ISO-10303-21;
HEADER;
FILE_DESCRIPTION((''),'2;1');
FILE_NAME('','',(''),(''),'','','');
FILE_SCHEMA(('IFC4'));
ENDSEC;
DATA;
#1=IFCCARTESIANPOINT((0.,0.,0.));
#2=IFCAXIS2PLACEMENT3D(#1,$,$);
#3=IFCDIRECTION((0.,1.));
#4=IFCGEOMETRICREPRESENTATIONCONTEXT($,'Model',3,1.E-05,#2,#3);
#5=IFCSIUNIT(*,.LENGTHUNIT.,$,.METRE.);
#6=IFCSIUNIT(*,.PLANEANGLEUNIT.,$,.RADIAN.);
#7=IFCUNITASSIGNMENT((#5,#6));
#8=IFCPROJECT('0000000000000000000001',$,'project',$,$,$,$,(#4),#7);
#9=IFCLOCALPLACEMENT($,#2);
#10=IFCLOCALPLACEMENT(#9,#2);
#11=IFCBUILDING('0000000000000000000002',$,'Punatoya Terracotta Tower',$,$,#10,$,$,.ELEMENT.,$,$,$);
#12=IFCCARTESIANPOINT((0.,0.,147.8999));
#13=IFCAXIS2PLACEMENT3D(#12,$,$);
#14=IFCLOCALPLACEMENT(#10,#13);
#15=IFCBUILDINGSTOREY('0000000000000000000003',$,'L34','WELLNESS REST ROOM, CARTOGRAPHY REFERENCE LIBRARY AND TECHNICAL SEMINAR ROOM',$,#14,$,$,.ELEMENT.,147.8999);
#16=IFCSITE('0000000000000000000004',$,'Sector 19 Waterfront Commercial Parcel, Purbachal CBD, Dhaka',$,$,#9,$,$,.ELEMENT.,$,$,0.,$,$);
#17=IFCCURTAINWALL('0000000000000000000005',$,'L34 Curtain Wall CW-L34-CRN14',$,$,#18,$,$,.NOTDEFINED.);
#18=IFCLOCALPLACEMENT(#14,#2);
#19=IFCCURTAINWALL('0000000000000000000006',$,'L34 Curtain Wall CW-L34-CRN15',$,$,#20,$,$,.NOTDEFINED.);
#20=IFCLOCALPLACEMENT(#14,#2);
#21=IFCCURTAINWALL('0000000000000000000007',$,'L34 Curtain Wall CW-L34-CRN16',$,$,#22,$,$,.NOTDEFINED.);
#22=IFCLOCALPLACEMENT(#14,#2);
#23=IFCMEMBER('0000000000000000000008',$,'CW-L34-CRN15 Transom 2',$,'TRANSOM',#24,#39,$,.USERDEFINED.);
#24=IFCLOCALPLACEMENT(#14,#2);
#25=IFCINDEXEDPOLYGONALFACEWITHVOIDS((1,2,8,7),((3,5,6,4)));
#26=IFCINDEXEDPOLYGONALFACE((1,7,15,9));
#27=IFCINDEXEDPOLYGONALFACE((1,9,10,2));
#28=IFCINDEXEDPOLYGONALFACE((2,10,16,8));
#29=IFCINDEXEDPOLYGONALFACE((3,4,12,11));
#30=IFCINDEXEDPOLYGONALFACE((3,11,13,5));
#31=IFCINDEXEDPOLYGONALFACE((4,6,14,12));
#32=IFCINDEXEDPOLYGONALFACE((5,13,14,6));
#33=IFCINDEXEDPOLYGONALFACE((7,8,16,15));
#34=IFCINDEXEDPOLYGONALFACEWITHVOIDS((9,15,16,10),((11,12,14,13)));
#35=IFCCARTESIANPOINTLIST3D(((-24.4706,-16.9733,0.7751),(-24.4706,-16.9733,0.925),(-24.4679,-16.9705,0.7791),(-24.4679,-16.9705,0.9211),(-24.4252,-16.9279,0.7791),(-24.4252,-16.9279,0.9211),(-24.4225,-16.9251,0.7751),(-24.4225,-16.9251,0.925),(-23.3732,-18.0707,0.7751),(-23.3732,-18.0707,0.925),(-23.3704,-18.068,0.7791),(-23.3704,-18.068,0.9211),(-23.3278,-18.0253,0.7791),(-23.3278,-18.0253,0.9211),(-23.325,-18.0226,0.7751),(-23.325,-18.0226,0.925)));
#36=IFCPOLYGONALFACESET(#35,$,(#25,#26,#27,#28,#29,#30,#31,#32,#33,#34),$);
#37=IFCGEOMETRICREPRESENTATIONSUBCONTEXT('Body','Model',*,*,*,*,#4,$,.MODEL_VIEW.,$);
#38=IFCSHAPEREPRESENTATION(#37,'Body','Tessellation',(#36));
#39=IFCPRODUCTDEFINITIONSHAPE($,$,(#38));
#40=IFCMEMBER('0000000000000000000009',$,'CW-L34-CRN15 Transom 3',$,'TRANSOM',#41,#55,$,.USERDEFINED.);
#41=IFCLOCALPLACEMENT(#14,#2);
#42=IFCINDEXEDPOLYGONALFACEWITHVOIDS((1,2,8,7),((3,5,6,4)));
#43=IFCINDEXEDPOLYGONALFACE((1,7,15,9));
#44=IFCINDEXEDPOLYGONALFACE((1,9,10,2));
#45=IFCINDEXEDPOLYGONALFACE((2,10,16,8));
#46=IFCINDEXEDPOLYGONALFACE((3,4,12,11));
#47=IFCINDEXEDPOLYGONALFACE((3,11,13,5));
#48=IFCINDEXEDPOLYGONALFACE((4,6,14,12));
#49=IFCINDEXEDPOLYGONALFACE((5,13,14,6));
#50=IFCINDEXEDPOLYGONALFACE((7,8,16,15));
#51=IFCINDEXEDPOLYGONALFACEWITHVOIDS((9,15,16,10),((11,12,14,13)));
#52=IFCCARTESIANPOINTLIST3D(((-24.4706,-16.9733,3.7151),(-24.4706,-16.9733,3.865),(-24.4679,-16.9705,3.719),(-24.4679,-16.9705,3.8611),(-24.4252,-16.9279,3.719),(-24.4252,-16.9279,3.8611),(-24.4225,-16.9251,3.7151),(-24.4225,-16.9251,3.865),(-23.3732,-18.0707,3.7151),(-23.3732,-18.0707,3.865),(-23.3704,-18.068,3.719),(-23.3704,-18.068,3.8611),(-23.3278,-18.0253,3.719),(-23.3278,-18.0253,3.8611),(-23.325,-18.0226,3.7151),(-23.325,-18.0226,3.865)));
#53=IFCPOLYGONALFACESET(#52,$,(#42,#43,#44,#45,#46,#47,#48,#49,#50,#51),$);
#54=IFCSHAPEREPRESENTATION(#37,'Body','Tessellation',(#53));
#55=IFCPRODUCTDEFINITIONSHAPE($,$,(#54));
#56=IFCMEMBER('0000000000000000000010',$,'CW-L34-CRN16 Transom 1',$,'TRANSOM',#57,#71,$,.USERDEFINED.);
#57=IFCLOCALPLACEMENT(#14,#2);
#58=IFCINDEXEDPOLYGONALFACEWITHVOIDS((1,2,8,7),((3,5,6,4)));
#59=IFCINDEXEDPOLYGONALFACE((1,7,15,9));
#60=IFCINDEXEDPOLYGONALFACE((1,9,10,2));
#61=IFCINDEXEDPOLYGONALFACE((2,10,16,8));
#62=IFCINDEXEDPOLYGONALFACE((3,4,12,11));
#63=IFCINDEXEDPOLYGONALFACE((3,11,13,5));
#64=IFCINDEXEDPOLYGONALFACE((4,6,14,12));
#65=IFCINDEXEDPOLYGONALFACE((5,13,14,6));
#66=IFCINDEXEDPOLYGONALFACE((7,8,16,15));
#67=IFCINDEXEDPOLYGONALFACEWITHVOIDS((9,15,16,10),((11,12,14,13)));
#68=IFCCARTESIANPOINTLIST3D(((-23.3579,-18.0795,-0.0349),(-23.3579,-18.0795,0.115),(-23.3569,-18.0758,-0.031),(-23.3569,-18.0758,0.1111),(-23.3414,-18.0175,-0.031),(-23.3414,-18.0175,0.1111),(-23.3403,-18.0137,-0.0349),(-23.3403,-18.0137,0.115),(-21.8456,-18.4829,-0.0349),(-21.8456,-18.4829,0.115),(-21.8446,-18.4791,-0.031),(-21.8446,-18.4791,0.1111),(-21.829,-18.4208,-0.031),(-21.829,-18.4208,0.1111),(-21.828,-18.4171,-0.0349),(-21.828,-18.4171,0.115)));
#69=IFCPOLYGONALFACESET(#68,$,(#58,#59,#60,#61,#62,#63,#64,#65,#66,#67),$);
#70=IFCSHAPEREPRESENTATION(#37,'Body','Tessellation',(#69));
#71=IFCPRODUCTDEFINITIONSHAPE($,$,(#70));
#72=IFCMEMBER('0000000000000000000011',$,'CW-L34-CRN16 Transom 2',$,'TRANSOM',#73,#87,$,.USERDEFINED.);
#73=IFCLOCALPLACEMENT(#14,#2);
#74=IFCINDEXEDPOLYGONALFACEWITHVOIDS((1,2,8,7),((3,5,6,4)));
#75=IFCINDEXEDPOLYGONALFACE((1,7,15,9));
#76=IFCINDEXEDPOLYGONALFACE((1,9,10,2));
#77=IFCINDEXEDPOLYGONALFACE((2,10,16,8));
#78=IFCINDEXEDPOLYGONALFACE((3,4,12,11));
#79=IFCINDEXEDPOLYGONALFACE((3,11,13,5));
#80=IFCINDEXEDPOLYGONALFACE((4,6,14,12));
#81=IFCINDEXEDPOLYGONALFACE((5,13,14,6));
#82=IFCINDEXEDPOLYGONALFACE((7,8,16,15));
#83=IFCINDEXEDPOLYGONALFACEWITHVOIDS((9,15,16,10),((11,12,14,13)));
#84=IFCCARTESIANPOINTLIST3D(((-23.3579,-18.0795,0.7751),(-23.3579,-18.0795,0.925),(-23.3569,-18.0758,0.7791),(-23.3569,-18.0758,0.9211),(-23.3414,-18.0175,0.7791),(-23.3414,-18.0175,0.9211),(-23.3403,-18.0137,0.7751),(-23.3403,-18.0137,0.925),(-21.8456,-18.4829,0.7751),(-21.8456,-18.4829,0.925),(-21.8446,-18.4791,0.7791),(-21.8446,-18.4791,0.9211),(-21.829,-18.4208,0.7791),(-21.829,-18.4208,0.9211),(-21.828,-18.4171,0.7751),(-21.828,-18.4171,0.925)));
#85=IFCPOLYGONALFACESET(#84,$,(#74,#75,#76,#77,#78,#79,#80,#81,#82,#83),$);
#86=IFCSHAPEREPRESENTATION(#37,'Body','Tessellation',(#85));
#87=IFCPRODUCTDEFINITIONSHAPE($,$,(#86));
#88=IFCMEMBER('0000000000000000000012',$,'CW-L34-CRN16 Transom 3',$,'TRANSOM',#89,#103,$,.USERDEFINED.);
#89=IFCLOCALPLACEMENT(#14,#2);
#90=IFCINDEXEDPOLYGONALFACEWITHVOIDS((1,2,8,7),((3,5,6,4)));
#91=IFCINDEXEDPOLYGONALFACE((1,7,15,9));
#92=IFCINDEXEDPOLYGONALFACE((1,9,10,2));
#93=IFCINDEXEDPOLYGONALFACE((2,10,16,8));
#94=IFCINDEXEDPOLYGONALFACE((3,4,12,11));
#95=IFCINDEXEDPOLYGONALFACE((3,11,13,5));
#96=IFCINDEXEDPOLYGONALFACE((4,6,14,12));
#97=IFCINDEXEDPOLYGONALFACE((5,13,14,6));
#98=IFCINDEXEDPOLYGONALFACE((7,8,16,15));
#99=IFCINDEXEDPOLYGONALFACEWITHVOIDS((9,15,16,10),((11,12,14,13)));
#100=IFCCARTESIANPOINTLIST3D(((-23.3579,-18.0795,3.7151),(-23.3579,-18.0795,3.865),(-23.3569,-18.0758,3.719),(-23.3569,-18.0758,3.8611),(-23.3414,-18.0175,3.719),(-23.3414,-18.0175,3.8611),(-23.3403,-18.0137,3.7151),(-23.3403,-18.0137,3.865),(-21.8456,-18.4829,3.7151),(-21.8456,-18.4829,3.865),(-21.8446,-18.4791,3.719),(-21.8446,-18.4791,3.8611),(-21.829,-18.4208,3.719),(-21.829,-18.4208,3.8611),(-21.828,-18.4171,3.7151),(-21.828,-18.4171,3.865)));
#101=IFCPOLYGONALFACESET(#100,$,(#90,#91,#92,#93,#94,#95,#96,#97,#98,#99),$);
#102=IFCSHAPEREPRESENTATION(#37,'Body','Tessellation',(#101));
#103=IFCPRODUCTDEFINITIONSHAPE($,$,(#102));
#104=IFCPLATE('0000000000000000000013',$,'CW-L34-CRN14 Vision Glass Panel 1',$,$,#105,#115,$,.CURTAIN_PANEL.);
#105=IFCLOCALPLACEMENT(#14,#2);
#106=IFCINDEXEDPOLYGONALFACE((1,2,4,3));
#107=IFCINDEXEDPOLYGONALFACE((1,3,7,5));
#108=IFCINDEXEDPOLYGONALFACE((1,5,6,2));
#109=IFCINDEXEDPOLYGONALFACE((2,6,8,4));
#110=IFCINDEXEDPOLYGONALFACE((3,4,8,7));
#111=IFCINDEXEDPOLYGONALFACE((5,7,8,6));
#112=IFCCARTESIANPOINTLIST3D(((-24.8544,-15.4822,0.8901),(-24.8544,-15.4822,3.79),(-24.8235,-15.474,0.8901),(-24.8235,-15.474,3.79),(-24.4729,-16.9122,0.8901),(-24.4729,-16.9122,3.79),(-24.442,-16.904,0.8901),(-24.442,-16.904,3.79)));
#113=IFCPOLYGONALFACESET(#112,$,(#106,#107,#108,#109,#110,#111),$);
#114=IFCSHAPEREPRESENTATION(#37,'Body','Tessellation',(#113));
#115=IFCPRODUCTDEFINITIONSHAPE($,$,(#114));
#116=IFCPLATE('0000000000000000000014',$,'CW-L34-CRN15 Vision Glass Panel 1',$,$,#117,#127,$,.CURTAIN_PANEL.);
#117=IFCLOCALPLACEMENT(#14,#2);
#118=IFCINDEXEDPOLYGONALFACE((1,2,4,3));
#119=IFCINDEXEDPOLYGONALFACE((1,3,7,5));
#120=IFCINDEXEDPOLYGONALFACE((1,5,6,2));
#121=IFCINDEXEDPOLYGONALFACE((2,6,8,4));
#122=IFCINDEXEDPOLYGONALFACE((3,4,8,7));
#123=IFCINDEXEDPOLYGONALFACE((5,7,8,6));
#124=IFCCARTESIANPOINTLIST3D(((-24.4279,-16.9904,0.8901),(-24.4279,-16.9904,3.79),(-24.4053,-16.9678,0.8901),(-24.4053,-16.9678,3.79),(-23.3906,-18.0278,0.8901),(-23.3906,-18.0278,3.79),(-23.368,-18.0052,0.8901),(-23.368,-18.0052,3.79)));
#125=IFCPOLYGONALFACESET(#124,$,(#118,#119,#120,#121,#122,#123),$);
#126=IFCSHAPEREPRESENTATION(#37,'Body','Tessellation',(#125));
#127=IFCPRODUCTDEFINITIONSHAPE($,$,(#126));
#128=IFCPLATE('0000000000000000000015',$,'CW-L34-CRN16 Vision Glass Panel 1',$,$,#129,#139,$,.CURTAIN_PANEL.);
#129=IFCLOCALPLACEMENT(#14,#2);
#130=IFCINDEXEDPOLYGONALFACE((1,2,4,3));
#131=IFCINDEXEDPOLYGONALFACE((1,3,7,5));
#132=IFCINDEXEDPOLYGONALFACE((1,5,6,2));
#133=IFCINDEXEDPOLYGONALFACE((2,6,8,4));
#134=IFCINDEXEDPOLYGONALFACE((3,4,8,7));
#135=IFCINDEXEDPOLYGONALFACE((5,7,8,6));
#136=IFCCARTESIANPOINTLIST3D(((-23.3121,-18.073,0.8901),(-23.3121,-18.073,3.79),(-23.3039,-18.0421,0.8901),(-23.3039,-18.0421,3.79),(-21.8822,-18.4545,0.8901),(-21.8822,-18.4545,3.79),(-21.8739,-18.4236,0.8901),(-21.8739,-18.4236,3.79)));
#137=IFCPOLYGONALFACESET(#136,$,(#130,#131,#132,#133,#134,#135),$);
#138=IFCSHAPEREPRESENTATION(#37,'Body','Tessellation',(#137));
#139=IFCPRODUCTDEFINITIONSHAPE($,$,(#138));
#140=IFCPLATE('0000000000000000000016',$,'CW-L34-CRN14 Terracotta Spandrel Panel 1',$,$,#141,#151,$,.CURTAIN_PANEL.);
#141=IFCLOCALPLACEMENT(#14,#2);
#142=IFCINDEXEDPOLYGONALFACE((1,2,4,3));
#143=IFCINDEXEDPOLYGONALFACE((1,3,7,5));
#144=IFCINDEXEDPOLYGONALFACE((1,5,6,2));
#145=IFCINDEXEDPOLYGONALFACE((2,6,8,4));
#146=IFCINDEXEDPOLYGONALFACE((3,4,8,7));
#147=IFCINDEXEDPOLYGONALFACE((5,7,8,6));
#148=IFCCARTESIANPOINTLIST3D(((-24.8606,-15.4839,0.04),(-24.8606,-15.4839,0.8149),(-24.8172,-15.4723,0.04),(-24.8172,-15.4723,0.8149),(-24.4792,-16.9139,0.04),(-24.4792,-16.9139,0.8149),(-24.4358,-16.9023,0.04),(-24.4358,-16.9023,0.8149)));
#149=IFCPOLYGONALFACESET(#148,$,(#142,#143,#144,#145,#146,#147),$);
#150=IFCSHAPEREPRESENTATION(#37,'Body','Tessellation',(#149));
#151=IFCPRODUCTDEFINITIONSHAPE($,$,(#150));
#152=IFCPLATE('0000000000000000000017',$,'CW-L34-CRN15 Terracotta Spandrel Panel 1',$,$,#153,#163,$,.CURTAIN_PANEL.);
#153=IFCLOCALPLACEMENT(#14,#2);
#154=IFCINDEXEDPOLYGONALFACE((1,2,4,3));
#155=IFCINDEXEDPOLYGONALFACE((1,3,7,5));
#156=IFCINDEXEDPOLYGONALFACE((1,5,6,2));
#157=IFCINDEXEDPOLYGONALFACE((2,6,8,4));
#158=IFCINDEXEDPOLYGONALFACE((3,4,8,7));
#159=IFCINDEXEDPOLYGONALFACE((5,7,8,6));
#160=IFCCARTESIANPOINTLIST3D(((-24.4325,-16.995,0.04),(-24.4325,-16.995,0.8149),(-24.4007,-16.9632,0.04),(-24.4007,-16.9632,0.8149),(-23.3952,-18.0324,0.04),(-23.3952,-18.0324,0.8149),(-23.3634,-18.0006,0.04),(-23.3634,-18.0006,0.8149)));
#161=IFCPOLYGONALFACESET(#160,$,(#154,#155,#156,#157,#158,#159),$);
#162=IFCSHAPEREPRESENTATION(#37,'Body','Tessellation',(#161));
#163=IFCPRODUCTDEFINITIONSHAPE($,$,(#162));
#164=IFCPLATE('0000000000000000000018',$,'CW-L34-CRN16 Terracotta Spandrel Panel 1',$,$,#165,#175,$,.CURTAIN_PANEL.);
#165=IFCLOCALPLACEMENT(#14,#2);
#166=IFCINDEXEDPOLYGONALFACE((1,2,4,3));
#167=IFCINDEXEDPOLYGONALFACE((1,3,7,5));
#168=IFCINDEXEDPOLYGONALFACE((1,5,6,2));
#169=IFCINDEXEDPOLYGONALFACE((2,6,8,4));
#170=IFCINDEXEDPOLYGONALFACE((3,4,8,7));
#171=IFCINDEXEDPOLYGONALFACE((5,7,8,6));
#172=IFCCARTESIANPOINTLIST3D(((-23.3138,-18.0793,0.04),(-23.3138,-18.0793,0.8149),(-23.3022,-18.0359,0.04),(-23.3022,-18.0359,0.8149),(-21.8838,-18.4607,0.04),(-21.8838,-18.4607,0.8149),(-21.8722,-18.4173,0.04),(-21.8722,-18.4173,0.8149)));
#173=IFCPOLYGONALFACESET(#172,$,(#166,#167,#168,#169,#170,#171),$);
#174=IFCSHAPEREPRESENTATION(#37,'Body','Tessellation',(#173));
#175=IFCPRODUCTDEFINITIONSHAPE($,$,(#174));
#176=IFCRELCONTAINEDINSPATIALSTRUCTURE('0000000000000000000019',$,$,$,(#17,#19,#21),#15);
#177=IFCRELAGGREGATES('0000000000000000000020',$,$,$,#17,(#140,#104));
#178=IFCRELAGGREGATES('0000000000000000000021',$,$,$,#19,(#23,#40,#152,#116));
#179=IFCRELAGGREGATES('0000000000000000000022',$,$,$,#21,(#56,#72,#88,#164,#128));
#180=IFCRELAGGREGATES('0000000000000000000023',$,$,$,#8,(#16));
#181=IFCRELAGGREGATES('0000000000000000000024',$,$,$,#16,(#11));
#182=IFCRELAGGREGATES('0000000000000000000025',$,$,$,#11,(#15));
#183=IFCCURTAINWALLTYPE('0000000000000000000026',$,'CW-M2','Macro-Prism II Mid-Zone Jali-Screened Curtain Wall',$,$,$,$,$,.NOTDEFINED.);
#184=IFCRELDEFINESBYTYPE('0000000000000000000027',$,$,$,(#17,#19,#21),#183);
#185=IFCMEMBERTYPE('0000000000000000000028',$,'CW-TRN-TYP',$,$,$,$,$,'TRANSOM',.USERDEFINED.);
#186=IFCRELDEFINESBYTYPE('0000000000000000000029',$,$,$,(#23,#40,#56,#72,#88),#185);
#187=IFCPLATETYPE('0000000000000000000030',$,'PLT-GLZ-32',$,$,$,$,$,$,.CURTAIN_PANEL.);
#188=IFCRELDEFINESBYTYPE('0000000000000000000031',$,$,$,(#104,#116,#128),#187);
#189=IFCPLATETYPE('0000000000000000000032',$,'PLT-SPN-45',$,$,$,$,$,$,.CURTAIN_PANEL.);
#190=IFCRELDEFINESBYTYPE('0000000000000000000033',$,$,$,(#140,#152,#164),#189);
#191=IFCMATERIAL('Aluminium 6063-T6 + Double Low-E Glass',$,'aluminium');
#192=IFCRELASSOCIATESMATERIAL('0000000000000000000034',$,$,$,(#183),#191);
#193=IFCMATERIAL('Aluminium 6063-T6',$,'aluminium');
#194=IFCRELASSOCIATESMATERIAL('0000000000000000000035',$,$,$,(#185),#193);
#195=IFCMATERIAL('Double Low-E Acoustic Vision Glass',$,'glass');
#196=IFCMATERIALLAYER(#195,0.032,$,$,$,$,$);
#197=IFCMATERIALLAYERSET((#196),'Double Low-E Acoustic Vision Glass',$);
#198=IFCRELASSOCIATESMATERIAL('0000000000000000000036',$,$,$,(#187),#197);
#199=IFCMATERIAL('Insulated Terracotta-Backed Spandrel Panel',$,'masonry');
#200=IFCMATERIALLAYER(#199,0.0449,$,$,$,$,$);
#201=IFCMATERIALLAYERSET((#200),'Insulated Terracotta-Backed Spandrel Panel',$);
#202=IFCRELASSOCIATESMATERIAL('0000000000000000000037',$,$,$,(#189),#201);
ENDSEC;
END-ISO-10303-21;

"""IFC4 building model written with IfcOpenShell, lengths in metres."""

from ifc_helpers import new_model, si_unit, direction, frame, origin, origin_2d, place, context, subcontext, project, spatial, rectangle, hollow_rectangle, extrude, material, layer, layer_set, material_profile, profile_set, type_object, element, aggregate, save


model = new_model("IFC4")

# Units and contexts
model_context = context("Model", 3, precision=1e-05, world=origin(), true_north=direction((0.0, 1.0)))
body_context = subcontext(model_context, "Body", "Model", "MODEL_VIEW")
ifc_project = project(units=[si_unit("LENGTHUNIT", "METRE"), si_unit("PLANEANGLEUNIT", "RADIAN")], contexts=[model_context])

# Site, building, storey
site_placement = place(None, origin())
site = spatial("IfcSite", under=ifc_project, at=site_placement, Name="Sector 19 Waterfront Commercial Parcel, Purbachal CBD, Dhaka", CompositionType="ELEMENT", RefElevation=0.0)
building_placement = place(site_placement, origin())
building = spatial("IfcBuilding", under=site, at=building_placement, Name="Punatoya Terracotta Tower", CompositionType="ELEMENT")
storey_placement = place(building_placement, frame((0.0, 0.0, 147.8999)))
storey = spatial("IfcBuildingStorey", under=building, at=storey_placement, Name="L34", Description="WELLNESS REST ROOM, CARTOGRAPHY REFERENCE LIBRARY AND TECHNICAL SEMINAR ROOM", CompositionType="ELEMENT", Elevation=147.8999)

# Shared definitions
ifc_material_1 = material(Name="Aluminium 6063-T6 + Double Low-E Glass", Category="aluminium")
curtain_wall_type = type_object("IfcCurtainWallType", Name="CW-M2", Description="Macro-Prism II Mid-Zone Jali-Screened Curtain Wall", PredefinedType="NOTDEFINED", material=ifc_material_1)
ifc_material_2 = material(Name="Aluminium 6063-T6", Category="aluminium")

# Curtain walls
curtain_wall_1_placement = place(storey_placement, origin())
curtain_wall_1 = element("IfcCurtainWall", 1, at=curtain_wall_1_placement, inside=storey, type_object=curtain_wall_type, Name="L34 Curtain Wall CW-L34-CRN14", PredefinedType="NOTDEFINED")
curtain_wall_2_placement = place(storey_placement, origin())
curtain_wall_2 = element("IfcCurtainWall", 2, at=curtain_wall_2_placement, inside=storey, type_object=curtain_wall_type, Name="L34 Curtain Wall CW-L34-CRN15", PredefinedType="NOTDEFINED")
curtain_wall_3_placement = place(storey_placement, origin())
curtain_wall_3 = element("IfcCurtainWall", 3, at=curtain_wall_3_placement, inside=storey, type_object=curtain_wall_type, Name="L34 Curtain Wall CW-L34-CRN16", PredefinedType="NOTDEFINED")

# Members
ifc_material_profile_1 = material_profile(ifc_material_2, hollow_rectangle(XDim=0.0681, YDim=0.1499, WallThickness=0.0039, at=origin_2d()))
ifc_profile_set_1 = profile_set([ifc_material_profile_1], Name="Aluminium 6063-T6")
member_type_1 = type_object("IfcMemberType", Name="CW-TRN-TYP", ElementType="TRANSOM", PredefinedType="USERDEFINED", material=ifc_profile_set_1)
member_1_placement = place(storey_placement, frame((-24.4465, -16.9492, 0.8501), z_axis=(0.707107, -0.707107, 0.0), x_axis=(0.707107, 0.707107, 0.0)))
member_1 = element("IfcMember", 4, at=member_1_placement, type_object=member_type_1, Name="CW-L34-CRN15 Transom 2", ObjectType="TRANSOM", PredefinedType="USERDEFINED", context=body_context, shape_type="SweptSolid", body=[
    extrude(hollow_rectangle(XDim=0.0681, YDim=0.1499, WallThickness=0.0039, at=origin_2d()), origin(), (0.0, 0.0, 1.0), 1.552),
])
member_2_placement = place(storey_placement, frame((-24.4465, -16.9492, 3.79), z_axis=(0.707107, -0.707107, 0.0), x_axis=(0.707107, 0.707107, 0.0)))
member_2 = element("IfcMember", 5, at=member_2_placement, type_object=member_type_1, Name="CW-L34-CRN15 Transom 3", ObjectType="TRANSOM", PredefinedType="USERDEFINED", context=body_context, shape_type="SweptSolid", body=[
    extrude(hollow_rectangle(XDim=0.0681, YDim=0.1499, WallThickness=0.0039, at=origin_2d()), origin(), (0.0, 0.0, 1.0), 1.552),
])
member_3_placement = place(storey_placement, frame((-23.3491, -18.0466, 0.04), z_axis=(0.966225, -0.257701, 0.0), x_axis=(0.257701, 0.966225, 0.0)))
member_3 = element("IfcMember", 6, at=member_3_placement, type_object=member_type_1, Name="CW-L34-CRN16 Transom 1", ObjectType="TRANSOM", PredefinedType="USERDEFINED", context=body_context, shape_type="SweptSolid", body=[
    extrude(hollow_rectangle(XDim=0.0681, YDim=0.1499, WallThickness=0.0039, at=origin_2d()), origin(), (0.0, 0.0, 1.0), 1.5652),
])
member_4_placement = place(storey_placement, frame((-23.3491, -18.0466, 0.8501), z_axis=(0.966225, -0.257701, 0.0), x_axis=(0.257701, 0.966225, 0.0)))
member_4 = element("IfcMember", 7, at=member_4_placement, type_object=member_type_1, Name="CW-L34-CRN16 Transom 2", ObjectType="TRANSOM", PredefinedType="USERDEFINED", context=body_context, shape_type="SweptSolid", body=[
    extrude(hollow_rectangle(XDim=0.0681, YDim=0.1499, WallThickness=0.0039, at=origin_2d()), origin(), (0.0, 0.0, 1.0), 1.5652),
])
member_5_placement = place(storey_placement, frame((-23.3491, -18.0466, 3.79), z_axis=(0.966225, -0.257701, 0.0), x_axis=(0.257701, 0.966225, 0.0)))
member_5 = element("IfcMember", 8, at=member_5_placement, type_object=member_type_1, Name="CW-L34-CRN16 Transom 3", ObjectType="TRANSOM", PredefinedType="USERDEFINED", context=body_context, shape_type="SweptSolid", body=[
    extrude(hollow_rectangle(XDim=0.0681, YDim=0.1499, WallThickness=0.0039, at=origin_2d()), origin(), (0.0, 0.0, 1.0), 1.5652),
])

# Plates
ifc_material_3 = material(Name="Double Low-E Acoustic Vision Glass", Category="glass")
ifc_layer_1 = layer(ifc_material_3, 0.032)
ifc_layer_set_1 = layer_set([ifc_layer_1], Name="Double Low-E Acoustic Vision Glass")
plate_type_1 = type_object("IfcPlateType", Name="PLT-GLZ-32", PredefinedType="CURTAIN_PANEL", material=ifc_layer_set_1)
plate_1_placement = place(storey_placement, frame((-24.6482, -16.1931, 0.8901), z_axis=(0.0, 0.0, 1.0), x_axis=(0.257742, -0.966214, 0.0)))
plate_1 = element("IfcPlate", 9, at=plate_1_placement, type_object=plate_type_1, Name="CW-L34-CRN14 Vision Glass Panel 1", PredefinedType="CURTAIN_PANEL", context=body_context, shape_type="SweptSolid", body=[
    extrude(rectangle(XDim=1.48, YDim=0.032, at=origin_2d()), origin(), (0.0, 0.0, 1.0), 2.8999),
])
plate_2_placement = place(storey_placement, frame((-23.8979, -17.4978, 0.8901), z_axis=(0.0, 0.0, 1.0), x_axis=(0.707107, -0.707107, 0.0)))
plate_2 = element("IfcPlate", 10, at=plate_2_placement, type_object=plate_type_1, Name="CW-L34-CRN15 Vision Glass Panel 1", PredefinedType="CURTAIN_PANEL", context=body_context, shape_type="SweptSolid", body=[
    extrude(rectangle(XDim=1.467, YDim=0.032, at=origin_2d()), origin(), (0.0, 0.0, 1.0), 2.8999),
])
plate_3_placement = place(storey_placement, frame((-22.593, -18.2483, 0.8901), z_axis=(0.0, 0.0, 1.0), x_axis=(0.966214, -0.257742, 0.0)))
plate_3 = element("IfcPlate", 11, at=plate_3_placement, type_object=plate_type_1, Name="CW-L34-CRN16 Vision Glass Panel 1", PredefinedType="CURTAIN_PANEL", context=body_context, shape_type="SweptSolid", body=[
    extrude(rectangle(XDim=1.48, YDim=0.032, at=origin_2d()), origin(), (0.0, 0.0, 1.0), 2.8999),
])
ifc_material_4 = material(Name="Insulated Terracotta-Backed Spandrel Panel", Category="masonry")
ifc_layer_2 = layer(ifc_material_4, 0.0449)
ifc_layer_set_2 = layer_set([ifc_layer_2], Name="Insulated Terracotta-Backed Spandrel Panel")
plate_type_2 = type_object("IfcPlateType", Name="PLT-SPN-45", PredefinedType="CURTAIN_PANEL", material=ifc_layer_set_2)
plate_4_placement = place(storey_placement, frame((-24.6482, -16.1931, 0.04), z_axis=(0.0, 0.0, 1.0), x_axis=(0.257742, -0.966214, 0.0)))
plate_4 = element("IfcPlate", 12, at=plate_4_placement, type_object=plate_type_2, Name="CW-L34-CRN14 Terracotta Spandrel Panel 1", PredefinedType="CURTAIN_PANEL", context=body_context, shape_type="SweptSolid", body=[
    extrude(rectangle(XDim=1.48, YDim=0.0449, at=origin_2d()), origin(), (0.0, 0.0, 1.0), 0.7749),
])
aggregate(curtain_wall_1, [plate_4, plate_1])
plate_5_placement = place(storey_placement, frame((-23.8979, -17.4978, 0.04), z_axis=(0.0, 0.0, 1.0), x_axis=(0.707107, -0.707107, 0.0)))
plate_5 = element("IfcPlate", 13, at=plate_5_placement, type_object=plate_type_2, Name="CW-L34-CRN15 Terracotta Spandrel Panel 1", PredefinedType="CURTAIN_PANEL", context=body_context, shape_type="SweptSolid", body=[
    extrude(rectangle(XDim=1.467, YDim=0.0449, at=origin_2d()), origin(), (0.0, 0.0, 1.0), 0.7749),
])
aggregate(curtain_wall_2, [member_1, member_2, plate_5, plate_2])
plate_6_placement = place(storey_placement, frame((-22.593, -18.2483, 0.04), z_axis=(0.0, 0.0, 1.0), x_axis=(0.966214, -0.257742, 0.0)))
plate_6 = element("IfcPlate", 14, at=plate_6_placement, type_object=plate_type_2, Name="CW-L34-CRN16 Terracotta Spandrel Panel 1", PredefinedType="CURTAIN_PANEL", context=body_context, shape_type="SweptSolid", body=[
    extrude(rectangle(XDim=1.48, YDim=0.0449, at=origin_2d()), origin(), (0.0, 0.0, 1.0), 0.7749),
])
aggregate(curtain_wall_3, [member_3, member_4, member_5, plate_6, plate_3])

save(model, "model.ifc")
